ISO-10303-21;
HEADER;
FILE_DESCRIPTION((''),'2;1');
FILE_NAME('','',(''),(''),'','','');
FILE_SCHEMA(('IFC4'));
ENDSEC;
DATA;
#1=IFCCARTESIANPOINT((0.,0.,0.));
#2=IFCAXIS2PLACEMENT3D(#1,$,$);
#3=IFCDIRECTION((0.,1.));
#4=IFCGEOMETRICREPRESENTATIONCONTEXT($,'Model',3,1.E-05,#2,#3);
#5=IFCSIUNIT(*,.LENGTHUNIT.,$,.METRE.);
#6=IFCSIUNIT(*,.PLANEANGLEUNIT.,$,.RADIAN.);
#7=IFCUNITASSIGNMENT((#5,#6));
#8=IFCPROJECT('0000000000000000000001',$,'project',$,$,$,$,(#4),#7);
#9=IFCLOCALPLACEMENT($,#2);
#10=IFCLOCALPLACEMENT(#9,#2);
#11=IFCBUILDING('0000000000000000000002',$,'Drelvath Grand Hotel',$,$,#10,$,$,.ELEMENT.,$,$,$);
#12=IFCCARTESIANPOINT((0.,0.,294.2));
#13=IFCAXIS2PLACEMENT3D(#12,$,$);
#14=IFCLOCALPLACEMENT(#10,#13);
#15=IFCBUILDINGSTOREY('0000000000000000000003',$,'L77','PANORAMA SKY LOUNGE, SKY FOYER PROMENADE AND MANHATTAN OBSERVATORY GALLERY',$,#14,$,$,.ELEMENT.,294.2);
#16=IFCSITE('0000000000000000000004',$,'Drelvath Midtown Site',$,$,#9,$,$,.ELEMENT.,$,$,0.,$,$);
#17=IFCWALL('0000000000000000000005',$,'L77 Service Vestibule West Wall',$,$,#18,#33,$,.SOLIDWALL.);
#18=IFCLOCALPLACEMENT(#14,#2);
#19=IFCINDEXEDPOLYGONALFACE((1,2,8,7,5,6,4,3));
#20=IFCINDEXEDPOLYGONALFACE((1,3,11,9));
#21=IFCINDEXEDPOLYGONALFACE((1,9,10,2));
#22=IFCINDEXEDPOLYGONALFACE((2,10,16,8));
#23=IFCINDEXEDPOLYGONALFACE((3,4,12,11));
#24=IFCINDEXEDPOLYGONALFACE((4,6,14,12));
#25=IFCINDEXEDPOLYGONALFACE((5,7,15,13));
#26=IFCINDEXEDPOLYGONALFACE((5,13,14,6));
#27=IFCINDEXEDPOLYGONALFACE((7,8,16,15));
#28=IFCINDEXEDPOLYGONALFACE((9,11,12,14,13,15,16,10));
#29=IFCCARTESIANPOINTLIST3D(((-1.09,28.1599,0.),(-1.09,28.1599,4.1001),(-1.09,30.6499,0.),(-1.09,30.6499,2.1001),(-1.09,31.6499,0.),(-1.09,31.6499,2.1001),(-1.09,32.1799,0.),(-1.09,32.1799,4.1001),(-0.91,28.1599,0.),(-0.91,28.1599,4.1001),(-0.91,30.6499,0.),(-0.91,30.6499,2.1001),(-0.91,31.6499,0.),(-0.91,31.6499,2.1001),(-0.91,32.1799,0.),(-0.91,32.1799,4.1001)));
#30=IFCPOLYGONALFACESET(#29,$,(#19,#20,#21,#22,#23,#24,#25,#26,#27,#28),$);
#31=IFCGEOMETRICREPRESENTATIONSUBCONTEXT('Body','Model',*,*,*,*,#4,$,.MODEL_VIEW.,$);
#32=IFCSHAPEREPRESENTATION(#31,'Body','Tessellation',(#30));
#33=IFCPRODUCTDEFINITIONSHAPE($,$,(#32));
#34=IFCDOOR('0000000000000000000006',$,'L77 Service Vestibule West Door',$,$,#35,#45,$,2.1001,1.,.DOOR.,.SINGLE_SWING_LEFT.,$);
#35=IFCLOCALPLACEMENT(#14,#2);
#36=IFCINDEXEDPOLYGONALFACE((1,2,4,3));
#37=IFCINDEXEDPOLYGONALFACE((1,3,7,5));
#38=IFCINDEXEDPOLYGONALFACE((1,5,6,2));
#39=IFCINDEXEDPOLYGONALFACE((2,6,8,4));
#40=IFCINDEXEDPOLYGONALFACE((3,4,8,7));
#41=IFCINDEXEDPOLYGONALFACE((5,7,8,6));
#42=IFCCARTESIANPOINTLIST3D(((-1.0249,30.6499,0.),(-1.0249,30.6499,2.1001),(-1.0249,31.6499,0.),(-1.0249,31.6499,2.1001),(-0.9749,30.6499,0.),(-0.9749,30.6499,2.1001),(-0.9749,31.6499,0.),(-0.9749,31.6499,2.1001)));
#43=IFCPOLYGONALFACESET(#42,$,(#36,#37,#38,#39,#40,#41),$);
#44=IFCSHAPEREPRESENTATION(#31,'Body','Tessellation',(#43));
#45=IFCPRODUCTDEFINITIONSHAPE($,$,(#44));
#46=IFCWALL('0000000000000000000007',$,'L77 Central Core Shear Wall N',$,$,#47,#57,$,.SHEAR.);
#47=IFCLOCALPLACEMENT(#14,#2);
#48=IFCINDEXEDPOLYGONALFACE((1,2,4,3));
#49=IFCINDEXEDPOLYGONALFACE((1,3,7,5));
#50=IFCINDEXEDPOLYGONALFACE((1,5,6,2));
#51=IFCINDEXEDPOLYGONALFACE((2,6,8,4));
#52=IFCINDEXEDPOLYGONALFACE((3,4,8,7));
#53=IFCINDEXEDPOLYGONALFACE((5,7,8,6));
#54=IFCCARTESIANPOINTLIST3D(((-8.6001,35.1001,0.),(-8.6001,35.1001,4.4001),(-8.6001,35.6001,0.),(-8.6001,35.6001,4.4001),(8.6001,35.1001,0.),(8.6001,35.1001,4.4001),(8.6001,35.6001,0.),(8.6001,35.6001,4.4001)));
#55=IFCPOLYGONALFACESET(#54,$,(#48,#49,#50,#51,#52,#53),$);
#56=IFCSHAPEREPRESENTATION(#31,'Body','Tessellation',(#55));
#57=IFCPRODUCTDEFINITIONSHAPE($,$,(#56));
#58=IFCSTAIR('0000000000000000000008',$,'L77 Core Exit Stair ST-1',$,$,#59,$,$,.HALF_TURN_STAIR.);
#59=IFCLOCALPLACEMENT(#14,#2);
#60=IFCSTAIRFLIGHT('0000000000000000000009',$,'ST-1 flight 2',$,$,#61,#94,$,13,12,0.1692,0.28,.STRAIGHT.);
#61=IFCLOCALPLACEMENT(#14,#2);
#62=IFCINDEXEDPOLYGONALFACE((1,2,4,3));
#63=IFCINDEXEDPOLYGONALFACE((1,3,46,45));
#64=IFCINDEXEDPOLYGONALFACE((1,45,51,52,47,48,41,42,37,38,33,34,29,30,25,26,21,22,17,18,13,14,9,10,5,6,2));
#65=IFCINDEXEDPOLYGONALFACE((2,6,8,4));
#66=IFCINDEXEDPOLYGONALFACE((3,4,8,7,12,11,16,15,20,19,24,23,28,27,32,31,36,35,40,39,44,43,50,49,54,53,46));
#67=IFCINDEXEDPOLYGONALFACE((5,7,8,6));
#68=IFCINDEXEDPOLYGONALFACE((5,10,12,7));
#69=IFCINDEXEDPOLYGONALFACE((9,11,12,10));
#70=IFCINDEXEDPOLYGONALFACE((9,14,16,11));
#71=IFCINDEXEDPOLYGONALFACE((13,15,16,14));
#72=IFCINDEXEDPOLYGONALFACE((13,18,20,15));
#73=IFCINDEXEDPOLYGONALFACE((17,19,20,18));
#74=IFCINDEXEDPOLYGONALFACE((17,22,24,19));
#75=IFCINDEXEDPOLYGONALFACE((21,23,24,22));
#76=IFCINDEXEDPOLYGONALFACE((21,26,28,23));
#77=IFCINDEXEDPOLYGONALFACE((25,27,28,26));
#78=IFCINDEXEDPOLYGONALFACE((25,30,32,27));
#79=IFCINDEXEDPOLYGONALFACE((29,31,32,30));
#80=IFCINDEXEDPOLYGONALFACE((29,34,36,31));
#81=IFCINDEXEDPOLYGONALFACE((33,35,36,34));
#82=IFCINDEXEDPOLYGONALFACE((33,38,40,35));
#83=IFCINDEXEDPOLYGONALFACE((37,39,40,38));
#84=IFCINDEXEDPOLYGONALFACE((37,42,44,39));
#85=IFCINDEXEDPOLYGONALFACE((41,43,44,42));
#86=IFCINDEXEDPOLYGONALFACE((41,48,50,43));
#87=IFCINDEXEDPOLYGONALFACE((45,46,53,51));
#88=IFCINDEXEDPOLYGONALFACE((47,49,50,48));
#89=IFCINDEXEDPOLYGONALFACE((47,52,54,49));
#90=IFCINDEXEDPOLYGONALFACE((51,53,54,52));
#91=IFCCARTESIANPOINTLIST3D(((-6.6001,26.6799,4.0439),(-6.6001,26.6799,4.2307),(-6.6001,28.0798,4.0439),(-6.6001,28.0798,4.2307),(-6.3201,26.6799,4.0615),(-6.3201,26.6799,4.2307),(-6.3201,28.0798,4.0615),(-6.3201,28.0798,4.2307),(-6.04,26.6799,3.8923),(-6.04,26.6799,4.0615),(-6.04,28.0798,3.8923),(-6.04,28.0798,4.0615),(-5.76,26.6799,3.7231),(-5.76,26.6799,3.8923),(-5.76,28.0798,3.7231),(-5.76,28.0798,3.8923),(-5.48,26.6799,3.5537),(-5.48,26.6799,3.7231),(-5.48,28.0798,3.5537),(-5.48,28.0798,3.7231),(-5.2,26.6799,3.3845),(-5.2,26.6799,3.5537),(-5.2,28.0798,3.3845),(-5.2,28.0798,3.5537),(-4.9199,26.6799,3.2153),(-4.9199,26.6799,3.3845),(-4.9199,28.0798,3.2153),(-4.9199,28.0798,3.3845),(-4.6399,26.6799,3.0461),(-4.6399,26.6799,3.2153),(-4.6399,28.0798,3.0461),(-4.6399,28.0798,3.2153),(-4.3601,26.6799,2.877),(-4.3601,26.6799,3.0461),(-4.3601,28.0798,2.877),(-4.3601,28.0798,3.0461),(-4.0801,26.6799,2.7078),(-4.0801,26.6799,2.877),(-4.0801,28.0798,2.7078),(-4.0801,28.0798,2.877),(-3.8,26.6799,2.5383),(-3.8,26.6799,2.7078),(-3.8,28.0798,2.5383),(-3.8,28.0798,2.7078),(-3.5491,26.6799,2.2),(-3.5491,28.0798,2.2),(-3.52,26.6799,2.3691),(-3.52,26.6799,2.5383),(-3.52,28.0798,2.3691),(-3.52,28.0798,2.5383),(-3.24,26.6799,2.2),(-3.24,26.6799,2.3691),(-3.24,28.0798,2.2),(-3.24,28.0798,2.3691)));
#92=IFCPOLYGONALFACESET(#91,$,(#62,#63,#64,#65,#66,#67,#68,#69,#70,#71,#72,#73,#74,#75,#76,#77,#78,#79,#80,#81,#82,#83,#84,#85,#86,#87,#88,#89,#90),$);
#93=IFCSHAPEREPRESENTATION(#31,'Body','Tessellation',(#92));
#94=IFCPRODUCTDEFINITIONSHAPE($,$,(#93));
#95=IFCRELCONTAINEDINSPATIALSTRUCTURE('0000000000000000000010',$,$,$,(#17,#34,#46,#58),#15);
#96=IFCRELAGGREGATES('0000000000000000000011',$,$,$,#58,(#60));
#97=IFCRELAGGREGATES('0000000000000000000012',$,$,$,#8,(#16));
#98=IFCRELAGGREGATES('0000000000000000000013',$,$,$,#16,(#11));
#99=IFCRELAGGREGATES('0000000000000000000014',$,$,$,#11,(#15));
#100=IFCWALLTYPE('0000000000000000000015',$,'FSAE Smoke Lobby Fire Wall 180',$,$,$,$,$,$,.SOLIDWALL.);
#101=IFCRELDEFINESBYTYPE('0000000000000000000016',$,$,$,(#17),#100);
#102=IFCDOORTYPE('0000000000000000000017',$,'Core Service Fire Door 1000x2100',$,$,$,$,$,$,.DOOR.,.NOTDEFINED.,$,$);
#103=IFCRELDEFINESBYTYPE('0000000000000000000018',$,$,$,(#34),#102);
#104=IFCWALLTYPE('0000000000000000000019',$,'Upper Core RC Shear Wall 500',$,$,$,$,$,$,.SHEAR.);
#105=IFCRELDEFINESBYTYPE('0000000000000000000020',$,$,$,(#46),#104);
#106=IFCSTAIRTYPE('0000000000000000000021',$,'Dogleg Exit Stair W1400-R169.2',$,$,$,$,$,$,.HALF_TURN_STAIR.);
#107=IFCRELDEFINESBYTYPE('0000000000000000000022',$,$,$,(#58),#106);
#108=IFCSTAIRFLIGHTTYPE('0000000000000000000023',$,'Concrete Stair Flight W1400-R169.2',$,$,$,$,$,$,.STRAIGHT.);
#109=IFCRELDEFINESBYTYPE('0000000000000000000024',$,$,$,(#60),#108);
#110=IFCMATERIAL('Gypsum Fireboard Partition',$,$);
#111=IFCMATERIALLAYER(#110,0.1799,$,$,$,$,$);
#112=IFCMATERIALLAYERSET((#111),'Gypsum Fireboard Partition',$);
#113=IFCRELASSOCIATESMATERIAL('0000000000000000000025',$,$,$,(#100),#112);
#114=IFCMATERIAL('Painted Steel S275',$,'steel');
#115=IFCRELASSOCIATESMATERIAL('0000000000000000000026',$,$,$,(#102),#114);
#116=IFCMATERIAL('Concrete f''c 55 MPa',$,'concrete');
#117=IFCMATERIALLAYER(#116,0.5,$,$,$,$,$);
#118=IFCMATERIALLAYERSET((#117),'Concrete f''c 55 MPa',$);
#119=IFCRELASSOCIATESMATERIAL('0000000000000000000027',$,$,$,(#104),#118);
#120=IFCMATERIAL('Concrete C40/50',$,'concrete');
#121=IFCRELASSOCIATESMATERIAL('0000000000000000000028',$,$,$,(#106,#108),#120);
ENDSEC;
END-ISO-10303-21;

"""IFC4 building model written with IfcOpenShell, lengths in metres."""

from ifc_helpers import new_model, si_unit, direction, frame, frame_2d, origin, place, context, subcontext, project, spatial, polyline, rectangle, outline, extrude, material, layer, layer_set, type_object, element, fill, aggregate, save


model = new_model("IFC4")

# Units and contexts
model_context = context("Model", 3, precision=1e-05, world=origin(), true_north=direction((0.0, 1.0)))
body_context = subcontext(model_context, "Body", "Model", "MODEL_VIEW")
ifc_project = project(units=[si_unit("LENGTHUNIT", "METRE"), si_unit("PLANEANGLEUNIT", "RADIAN")], contexts=[model_context])

# Site, building, storey
site_placement = place(None, origin())
site = spatial("IfcSite", under=ifc_project, at=site_placement, Name="Drelvath Midtown Site", CompositionType="ELEMENT", RefElevation=0.0)
building_placement = place(site_placement, origin())
building = spatial("IfcBuilding", under=site, at=building_placement, Name="Drelvath Grand Hotel", CompositionType="ELEMENT")
storey_placement = place(building_placement, frame((0.0, 0.0, 294.2)))
storey = spatial("IfcBuildingStorey", under=building, at=storey_placement, Name="L77", Description="PANORAMA SKY LOUNGE, SKY FOYER PROMENADE AND MANHATTAN OBSERVATORY GALLERY", CompositionType="ELEMENT", Elevation=294.2)

# Shared definitions
ifc_material_1 = material(Name="Concrete f'c 55 MPa", Category="concrete")

# Shared definitions
ifc_material_2 = material(Name="Painted Steel S275", Category="steel")

# Shared definitions
ifc_material_3 = material(Name="Concrete C40/50", Category="concrete")

# Shared definitions
ifc_material_4 = material(Name="Gypsum Fireboard Partition")

# Wall, opening, door
ifc_layer_1 = layer(ifc_material_4, 0.1799)
ifc_layer_set_1 = layer_set([ifc_layer_1], Name="Gypsum Fireboard Partition")
wall_type_1 = type_object("IfcWallType", Name="FSAE Smoke Lobby Fire Wall 180", PredefinedType="SOLIDWALL", material=ifc_layer_set_1)
wall_1_placement = place(storey_placement, frame((-1.0, 28.1599, 0.0), z_axis=(0.0, 0.0, 1.0), x_axis=(0.0, 1.0, 0.0)))
wall_1 = element("IfcWall", 1, at=wall_1_placement, inside=storey, type_object=wall_type_1, Name="L77 Service Vestibule West Wall", PredefinedType="SOLIDWALL", context=body_context, shape_type="SweptSolid", body=[
    extrude(rectangle(XDim=4.02, YDim=0.1799, at=frame_2d((2.01, 0.0))), origin(), (0.0, 0.0, 1.0), 4.1001),
])
opening_1_placement = place(wall_1_placement, frame((2.49, 0.0, 0.0)))
opening_1 = element("IfcOpeningElement", 2, at=opening_1_placement, cuts=wall_1, PredefinedType="OPENING", context=body_context, shape_type="SweptSolid", body=[
    extrude(rectangle(XDim=1.0, YDim=2.1001, at=frame_2d((0.5, 1.05))), frame((0.0, 0.0999, 0.0), z_axis=(0.0, -1.0, 0.0), x_axis=(1.0, 0.0, 0.0)), (0.0, 0.0, 1.0), 0.2),
])
door_type_1 = type_object("IfcDoorType", Name="Core Service Fire Door 1000x2100", OperationType="NOTDEFINED", PredefinedType="DOOR", material=ifc_material_2)
door_1_placement = place(opening_1_placement, origin())
door_1 = element("IfcDoor", 3, at=door_1_placement, inside=storey, type_object=door_type_1, Name="L77 Service Vestibule West Door", OperationType="SINGLE_SWING_LEFT", OverallHeight=2.1001, OverallWidth=1.0, PredefinedType="DOOR", context=body_context, shape_type="SweptSolid", body=[
    extrude(rectangle(XDim=1.0, YDim=2.1001, at=frame_2d((0.5, 1.05))), frame((0.0, 0.0249, 0.0), z_axis=(0.0, -1.0, 0.0), x_axis=(1.0, 0.0, 0.0)), (0.0, 0.0, 1.0), 0.05),
])
fill(opening_1, door_1)

# Wall
ifc_layer_2 = layer(ifc_material_1, 0.5)
ifc_layer_set_2 = layer_set([ifc_layer_2], Name="Concrete f'c 55 MPa")
wall_type_2 = type_object("IfcWallType", Name="Upper Core RC Shear Wall 500", PredefinedType="SHEAR", material=ifc_layer_set_2)
wall_2_placement = place(storey_placement, frame((-8.6001, 35.3501, 0.0), z_axis=(0.0, 0.0, 1.0), x_axis=(1.0, 0.0, 0.0)))
element("IfcWall", 4, at=wall_2_placement, inside=storey, type_object=wall_type_2, Name="L77 Central Core Shear Wall N", PredefinedType="SHEAR", context=body_context, shape_type="SweptSolid", body=[
    extrude(rectangle(XDim=17.2002, YDim=0.5, at=frame_2d((8.6001, 0.0))), origin(), (0.0, 0.0, 1.0), 4.4001),
])

# Stair, stair flight
stair_type = type_object("IfcStairType", Name="Dogleg Exit Stair W1400-R169.2", PredefinedType="HALF_TURN_STAIR", material=ifc_material_3)
stair_placement = place(storey_placement, origin())
stair = element("IfcStair", 5, at=stair_placement, inside=storey, type_object=stair_type, Name="L77 Core Exit Stair ST-1", PredefinedType="HALF_TURN_STAIR")
stair_flight_type = type_object("IfcStairFlightType", Name="Concrete Stair Flight W1400-R169.2", PredefinedType="STRAIGHT", material=ifc_material_3)
stair_flight_placement = place(storey_placement, frame((-3.24, 27.3799, 2.2), z_axis=(0.0, 0.0, 1.0), x_axis=(-1.0, 0.0, 0.0)))
stair_flight = element("IfcStairFlight", 6, at=stair_flight_placement, type_object=stair_flight_type, Name="ST-1 flight 2", NumberOfRisers=13, NumberOfTreads=12, PredefinedType="STRAIGHT", RiserHeight=0.1692, TreadLength=0.28, context=body_context, shape_type="SweptSolid", body=[
    extrude(outline(polyline([(0.0, 0.0), (0.0, 0.1692), (0.28, 0.1692), (0.28, 0.3384), (0.5601, 0.3384), (0.5601, 0.5078), (0.8401, 0.5078), (0.8401, 0.677), (1.1201, 0.677), (1.1201, 0.8462), (1.3999, 0.8462), (1.3999, 1.0154), (1.6799, 1.0154), (1.6799, 1.1846), (1.96, 1.1846), (1.96, 1.3538), (2.24, 1.3538), (2.24, 1.5232), (2.52, 1.5232), (2.52, 1.6924), (2.8, 1.6924), (2.8, 1.8616), (3.0801, 1.8616), (3.0801, 2.0308), (3.3601, 2.0308), (3.3601, 2.2), (3.3601, 1.844), (0.3091, 0.0), (0.0, 0.0)])), frame((0.0, 0.7, 0.0), z_axis=(0.0, -1.0, 0.0), x_axis=(1.0, 0.0, 0.0)), (0.0, 0.0, 1.0), 1.3999),
])
aggregate(stair, [stair_flight])

save(model, "model.ifc")
